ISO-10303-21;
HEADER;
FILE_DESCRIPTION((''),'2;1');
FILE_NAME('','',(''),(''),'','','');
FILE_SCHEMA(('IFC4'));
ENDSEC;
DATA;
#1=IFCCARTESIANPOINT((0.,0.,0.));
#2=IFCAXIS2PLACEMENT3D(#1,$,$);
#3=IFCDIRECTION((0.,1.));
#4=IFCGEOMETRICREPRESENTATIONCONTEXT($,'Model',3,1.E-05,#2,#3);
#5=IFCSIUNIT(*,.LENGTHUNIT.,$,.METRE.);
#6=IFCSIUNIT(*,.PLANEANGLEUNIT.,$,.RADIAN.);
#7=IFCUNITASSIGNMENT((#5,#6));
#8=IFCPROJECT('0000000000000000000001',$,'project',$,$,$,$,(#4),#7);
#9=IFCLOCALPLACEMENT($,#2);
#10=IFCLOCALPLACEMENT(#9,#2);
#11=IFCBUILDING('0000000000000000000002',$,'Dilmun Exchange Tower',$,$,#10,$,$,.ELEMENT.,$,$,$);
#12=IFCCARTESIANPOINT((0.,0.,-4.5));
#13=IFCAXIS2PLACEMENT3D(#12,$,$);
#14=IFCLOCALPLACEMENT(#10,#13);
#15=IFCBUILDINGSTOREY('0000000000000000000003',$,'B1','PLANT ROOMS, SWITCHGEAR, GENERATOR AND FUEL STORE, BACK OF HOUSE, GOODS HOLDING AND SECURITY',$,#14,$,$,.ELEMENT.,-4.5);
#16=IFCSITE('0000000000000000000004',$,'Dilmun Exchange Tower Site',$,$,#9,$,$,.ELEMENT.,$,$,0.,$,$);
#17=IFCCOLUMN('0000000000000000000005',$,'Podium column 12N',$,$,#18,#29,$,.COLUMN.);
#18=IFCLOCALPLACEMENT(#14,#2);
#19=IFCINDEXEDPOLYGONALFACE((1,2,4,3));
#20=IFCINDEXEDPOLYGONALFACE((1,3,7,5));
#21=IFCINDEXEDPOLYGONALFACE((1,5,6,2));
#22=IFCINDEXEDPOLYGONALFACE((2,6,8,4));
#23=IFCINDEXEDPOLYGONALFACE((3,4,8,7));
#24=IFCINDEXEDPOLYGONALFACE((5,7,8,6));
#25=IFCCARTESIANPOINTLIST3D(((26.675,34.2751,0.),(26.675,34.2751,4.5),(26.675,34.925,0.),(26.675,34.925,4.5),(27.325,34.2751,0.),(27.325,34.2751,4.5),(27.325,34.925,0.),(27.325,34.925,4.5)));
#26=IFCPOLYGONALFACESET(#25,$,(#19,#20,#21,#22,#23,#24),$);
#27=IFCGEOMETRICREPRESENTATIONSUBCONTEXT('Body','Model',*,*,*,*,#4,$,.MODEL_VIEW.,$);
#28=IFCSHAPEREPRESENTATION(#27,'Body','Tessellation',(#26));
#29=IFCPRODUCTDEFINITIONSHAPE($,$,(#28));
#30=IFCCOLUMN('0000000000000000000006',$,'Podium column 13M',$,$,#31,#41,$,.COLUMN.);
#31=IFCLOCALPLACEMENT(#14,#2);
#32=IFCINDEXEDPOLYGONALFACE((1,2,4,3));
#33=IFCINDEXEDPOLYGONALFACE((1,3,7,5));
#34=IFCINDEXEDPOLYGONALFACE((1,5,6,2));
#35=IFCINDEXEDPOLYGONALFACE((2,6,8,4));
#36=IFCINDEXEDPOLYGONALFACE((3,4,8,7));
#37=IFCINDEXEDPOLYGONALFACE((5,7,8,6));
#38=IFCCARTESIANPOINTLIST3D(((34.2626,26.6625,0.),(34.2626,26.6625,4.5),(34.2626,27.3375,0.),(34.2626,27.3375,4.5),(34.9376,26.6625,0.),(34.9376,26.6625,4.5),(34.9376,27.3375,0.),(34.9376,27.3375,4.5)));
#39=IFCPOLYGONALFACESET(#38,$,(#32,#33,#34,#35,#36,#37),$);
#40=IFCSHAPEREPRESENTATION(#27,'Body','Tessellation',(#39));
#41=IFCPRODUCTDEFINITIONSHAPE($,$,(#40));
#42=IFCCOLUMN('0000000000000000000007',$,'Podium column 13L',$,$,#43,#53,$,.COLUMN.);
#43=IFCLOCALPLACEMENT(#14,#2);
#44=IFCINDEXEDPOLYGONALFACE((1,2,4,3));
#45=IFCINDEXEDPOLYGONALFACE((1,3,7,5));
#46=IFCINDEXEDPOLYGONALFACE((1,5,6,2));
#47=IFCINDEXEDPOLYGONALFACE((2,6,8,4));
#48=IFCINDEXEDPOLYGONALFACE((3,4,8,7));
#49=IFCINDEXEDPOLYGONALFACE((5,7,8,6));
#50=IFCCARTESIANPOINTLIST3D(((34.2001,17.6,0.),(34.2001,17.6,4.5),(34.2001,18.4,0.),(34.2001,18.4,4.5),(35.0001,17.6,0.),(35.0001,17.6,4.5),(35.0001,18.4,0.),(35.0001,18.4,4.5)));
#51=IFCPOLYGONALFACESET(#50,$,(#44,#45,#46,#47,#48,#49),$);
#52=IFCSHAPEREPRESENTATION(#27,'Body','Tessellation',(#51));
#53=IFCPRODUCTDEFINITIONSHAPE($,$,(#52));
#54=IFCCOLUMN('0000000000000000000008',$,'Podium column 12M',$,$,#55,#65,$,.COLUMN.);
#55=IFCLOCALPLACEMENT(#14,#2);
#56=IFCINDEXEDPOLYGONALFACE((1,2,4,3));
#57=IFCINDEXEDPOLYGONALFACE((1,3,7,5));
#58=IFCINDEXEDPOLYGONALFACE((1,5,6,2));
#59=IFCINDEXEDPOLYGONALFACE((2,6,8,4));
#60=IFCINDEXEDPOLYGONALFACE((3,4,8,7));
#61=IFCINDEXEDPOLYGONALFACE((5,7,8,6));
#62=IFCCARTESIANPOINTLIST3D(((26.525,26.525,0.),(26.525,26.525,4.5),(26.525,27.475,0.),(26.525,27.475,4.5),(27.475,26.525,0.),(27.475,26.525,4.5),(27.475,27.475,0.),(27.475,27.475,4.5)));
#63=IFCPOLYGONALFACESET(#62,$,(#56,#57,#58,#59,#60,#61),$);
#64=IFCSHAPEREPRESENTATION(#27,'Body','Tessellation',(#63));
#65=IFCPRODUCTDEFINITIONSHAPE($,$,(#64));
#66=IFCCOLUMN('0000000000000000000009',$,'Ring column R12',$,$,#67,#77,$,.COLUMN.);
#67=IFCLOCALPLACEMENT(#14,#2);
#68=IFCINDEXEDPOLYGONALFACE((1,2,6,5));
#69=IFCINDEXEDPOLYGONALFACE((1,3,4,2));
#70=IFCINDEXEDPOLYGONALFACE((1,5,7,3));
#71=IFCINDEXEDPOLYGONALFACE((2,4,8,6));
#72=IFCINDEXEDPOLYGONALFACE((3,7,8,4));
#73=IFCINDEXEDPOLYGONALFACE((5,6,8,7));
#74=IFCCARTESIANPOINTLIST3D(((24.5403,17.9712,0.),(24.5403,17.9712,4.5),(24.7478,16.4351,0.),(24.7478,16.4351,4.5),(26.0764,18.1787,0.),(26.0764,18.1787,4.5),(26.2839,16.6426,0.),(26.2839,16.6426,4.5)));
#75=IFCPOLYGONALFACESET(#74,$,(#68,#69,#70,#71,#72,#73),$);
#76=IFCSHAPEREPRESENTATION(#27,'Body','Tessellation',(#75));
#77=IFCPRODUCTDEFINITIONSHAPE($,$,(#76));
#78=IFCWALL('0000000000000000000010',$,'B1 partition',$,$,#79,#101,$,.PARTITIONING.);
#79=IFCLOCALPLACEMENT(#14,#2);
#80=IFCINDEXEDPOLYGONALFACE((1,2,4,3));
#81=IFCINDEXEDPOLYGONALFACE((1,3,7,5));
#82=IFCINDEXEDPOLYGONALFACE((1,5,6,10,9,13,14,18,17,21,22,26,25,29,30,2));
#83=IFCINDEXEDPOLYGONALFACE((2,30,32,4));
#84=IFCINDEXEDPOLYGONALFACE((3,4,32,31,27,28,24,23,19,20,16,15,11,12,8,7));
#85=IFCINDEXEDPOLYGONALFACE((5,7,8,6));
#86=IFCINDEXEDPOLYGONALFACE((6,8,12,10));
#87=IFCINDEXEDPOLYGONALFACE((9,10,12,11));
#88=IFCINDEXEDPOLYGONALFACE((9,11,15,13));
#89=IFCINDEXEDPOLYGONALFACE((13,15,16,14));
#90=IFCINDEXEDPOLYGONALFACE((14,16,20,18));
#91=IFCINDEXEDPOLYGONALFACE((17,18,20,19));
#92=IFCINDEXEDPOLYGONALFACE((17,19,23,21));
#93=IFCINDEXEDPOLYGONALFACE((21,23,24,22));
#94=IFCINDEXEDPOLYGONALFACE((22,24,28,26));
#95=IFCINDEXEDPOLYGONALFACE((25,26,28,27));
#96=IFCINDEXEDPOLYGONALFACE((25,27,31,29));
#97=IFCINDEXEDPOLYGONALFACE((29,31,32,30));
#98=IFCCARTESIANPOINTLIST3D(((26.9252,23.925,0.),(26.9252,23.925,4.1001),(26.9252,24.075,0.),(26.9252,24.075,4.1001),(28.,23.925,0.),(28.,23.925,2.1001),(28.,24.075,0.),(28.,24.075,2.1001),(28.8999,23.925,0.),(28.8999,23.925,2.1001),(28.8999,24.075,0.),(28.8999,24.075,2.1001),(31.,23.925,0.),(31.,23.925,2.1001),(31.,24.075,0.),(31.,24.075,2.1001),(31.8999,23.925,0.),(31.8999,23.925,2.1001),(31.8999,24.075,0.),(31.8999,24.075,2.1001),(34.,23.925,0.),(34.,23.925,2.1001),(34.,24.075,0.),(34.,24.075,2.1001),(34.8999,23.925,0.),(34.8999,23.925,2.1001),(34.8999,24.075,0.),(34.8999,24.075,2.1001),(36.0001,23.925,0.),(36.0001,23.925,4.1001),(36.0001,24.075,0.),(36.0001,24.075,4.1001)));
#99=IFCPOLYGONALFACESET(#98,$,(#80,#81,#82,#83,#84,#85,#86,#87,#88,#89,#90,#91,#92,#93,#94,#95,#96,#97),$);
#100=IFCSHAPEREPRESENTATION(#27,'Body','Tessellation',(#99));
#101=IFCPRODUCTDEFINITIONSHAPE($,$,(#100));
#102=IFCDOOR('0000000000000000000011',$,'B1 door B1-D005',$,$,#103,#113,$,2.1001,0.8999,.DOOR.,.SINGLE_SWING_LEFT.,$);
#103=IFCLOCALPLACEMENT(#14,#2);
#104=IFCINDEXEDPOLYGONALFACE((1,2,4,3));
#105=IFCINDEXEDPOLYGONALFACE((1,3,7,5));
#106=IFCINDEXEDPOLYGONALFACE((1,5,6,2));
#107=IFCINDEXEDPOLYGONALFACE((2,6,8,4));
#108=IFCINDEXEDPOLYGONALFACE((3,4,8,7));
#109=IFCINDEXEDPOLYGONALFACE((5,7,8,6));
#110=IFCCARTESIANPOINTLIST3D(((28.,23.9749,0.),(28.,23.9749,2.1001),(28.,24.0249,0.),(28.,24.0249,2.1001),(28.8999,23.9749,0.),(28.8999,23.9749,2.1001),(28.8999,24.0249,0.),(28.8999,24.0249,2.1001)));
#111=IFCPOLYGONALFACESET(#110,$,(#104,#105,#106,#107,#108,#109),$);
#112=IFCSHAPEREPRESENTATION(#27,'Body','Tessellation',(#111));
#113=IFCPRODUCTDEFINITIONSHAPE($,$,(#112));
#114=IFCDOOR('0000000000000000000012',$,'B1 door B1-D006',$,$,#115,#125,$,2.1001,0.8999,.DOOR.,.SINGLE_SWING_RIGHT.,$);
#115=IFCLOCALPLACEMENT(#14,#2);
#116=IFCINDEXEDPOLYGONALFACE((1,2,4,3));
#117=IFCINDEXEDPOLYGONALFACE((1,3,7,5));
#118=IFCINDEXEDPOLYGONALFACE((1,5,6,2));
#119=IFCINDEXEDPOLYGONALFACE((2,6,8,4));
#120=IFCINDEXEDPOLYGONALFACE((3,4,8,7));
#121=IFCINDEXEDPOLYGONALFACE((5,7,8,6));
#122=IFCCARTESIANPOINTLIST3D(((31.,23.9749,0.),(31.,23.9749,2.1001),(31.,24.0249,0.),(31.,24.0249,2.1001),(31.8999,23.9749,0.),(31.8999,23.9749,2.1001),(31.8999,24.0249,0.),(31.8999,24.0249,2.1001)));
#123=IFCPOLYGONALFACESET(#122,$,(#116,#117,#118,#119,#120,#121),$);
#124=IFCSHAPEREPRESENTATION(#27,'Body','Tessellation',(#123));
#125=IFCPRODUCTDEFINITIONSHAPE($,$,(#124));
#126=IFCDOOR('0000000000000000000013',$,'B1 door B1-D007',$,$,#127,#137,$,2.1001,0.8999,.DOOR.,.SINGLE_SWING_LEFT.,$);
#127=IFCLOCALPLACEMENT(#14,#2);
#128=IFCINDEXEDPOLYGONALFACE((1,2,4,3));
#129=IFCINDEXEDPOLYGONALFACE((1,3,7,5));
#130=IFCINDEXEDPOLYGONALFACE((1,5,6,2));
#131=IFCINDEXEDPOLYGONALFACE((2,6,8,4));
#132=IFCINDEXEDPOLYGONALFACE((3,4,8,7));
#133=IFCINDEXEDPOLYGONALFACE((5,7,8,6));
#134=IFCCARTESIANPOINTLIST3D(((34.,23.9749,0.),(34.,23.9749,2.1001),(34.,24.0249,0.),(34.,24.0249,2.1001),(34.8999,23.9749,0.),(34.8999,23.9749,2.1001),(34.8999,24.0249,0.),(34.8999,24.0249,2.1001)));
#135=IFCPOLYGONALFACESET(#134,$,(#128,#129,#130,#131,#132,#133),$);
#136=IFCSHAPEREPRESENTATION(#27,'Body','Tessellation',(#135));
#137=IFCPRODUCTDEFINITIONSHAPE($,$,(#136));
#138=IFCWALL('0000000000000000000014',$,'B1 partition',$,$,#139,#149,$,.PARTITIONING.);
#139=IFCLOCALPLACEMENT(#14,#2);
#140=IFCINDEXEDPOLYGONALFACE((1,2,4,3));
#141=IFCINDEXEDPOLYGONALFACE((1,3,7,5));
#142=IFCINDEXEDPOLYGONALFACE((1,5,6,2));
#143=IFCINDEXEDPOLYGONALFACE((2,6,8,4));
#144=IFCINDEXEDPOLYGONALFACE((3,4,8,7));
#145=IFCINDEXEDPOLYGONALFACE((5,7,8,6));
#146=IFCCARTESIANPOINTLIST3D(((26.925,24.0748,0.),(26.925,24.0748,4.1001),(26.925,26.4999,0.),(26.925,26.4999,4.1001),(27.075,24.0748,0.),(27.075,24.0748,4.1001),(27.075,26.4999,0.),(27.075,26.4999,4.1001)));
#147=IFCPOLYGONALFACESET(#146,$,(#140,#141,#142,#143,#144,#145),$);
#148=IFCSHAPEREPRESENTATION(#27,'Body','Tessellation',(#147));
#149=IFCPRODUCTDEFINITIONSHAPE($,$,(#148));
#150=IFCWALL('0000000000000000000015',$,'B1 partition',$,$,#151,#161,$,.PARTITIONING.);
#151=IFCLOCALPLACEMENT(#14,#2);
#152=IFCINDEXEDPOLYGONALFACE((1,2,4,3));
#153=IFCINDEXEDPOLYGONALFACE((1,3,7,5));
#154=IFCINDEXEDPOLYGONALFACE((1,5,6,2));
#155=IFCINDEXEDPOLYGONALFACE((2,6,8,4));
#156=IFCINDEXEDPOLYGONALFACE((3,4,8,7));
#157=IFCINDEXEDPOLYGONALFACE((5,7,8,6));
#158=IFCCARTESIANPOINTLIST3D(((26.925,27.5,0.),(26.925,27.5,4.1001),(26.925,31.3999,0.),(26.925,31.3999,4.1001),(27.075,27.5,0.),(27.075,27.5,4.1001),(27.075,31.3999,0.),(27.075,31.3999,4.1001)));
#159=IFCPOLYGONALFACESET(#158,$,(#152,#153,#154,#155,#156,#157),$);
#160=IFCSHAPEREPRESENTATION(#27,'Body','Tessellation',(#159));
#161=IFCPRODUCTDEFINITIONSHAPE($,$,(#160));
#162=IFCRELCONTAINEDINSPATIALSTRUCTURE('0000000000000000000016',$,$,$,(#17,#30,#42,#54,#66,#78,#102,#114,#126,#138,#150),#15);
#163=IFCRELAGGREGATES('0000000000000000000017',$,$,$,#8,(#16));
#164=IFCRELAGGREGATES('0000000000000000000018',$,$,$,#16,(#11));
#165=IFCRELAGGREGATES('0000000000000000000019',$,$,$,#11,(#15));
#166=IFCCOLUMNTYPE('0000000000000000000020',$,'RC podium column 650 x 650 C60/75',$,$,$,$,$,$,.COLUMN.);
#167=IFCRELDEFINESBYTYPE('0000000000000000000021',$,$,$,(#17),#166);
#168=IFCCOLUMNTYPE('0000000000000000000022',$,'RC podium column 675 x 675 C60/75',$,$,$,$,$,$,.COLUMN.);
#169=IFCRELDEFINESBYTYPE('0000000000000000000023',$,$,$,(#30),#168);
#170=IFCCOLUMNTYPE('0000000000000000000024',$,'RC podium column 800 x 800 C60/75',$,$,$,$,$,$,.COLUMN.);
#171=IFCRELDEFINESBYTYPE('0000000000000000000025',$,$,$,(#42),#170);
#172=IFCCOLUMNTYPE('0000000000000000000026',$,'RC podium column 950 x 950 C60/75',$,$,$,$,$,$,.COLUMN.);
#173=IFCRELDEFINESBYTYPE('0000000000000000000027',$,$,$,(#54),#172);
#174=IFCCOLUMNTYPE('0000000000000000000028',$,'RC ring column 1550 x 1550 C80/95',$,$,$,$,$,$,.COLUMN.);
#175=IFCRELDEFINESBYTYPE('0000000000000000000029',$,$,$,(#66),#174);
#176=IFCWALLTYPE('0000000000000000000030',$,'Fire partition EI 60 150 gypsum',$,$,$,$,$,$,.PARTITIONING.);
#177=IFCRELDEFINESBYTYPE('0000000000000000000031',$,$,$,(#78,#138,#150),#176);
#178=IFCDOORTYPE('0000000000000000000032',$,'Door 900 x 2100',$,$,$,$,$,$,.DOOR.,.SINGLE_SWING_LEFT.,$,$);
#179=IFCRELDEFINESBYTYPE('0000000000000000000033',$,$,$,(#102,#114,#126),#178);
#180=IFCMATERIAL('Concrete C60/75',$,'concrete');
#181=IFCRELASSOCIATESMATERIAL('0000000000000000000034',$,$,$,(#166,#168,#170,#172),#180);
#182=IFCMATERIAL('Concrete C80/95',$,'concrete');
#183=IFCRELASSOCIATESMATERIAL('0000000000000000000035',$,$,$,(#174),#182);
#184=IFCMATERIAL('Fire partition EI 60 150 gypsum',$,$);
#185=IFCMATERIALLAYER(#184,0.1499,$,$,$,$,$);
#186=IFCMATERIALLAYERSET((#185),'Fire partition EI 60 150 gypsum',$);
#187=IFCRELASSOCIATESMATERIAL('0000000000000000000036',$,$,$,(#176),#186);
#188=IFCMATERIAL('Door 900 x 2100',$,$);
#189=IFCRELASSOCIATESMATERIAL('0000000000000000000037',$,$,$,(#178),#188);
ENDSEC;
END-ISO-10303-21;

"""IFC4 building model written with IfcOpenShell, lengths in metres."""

from ifc_helpers import new_model, si_unit, direction, frame, frame_2d, origin, origin_2d, place, context, subcontext, project, spatial, rectangle, extrude, material, layer, layer_set, material_profile, profile_set, type_object, element, fill, save


model = new_model("IFC4")

# Units and contexts
model_context = context("Model", 3, precision=1e-05, world=origin(), true_north=direction((0.0, 1.0)))
body_context = subcontext(model_context, "Body", "Model", "MODEL_VIEW")
ifc_project = project(units=[si_unit("LENGTHUNIT", "METRE"), si_unit("PLANEANGLEUNIT", "RADIAN")], contexts=[model_context])

# Site, building, storey
site_placement = place(None, origin())
site = spatial("IfcSite", under=ifc_project, at=site_placement, Name="Dilmun Exchange Tower Site", CompositionType="ELEMENT", RefElevation=0.0)
building_placement = place(site_placement, origin())
building = spatial("IfcBuilding", under=site, at=building_placement, Name="Dilmun Exchange Tower", CompositionType="ELEMENT")
storey_placement = place(building_placement, frame((0.0, 0.0, -4.5)))
storey = spatial("IfcBuildingStorey", under=building, at=storey_placement, Name="B1", Description="PLANT ROOMS, SWITCHGEAR, GENERATOR AND FUEL STORE, BACK OF HOUSE, GOODS HOLDING AND SECURITY", CompositionType="ELEMENT", Elevation=-4.5)

# Columns
ifc_material_1 = material(Name="Concrete C60/75", Category="concrete")
ifc_material_profile_1 = material_profile(ifc_material_1, rectangle(XDim=0.6499, YDim=0.6499, at=origin_2d()), Name="650 x 650")
ifc_profile_set_1 = profile_set([ifc_material_profile_1], Name="Concrete C60/75")
column_type_1 = type_object("IfcColumnType", Name="RC podium column 650 x 650 C60/75", PredefinedType="COLUMN", material=ifc_profile_set_1)
column_1_placement = place(storey_placement, frame((27.0, 34.6001, 0.0), z_axis=(0.0, 0.0, 1.0), x_axis=(1.0, 0.0, 0.0)))
element("IfcColumn", 1, at=column_1_placement, inside=storey, type_object=column_type_1, Name="Podium column 12N", PredefinedType="COLUMN", context=body_context, shape_type="SweptSolid", body=[
    extrude(rectangle(XDim=0.6499, YDim=0.6499, at=origin_2d()), origin(), (0.0, 0.0, 1.0), 4.5),
])
ifc_material_profile_2 = material_profile(ifc_material_1, rectangle(XDim=0.675, YDim=0.675, at=origin_2d()), Name="675 x 675")
ifc_profile_set_2 = profile_set([ifc_material_profile_2], Name="Concrete C60/75")
column_type_2 = type_object("IfcColumnType", Name="RC podium column 675 x 675 C60/75", PredefinedType="COLUMN", material=ifc_profile_set_2)
column_2_placement = place(storey_placement, frame((34.6001, 27.0, 0.0), z_axis=(0.0, 0.0, 1.0), x_axis=(1.0, 0.0, 0.0)))
element("IfcColumn", 2, at=column_2_placement, inside=storey, type_object=column_type_2, Name="Podium column 13M", PredefinedType="COLUMN", context=body_context, shape_type="SweptSolid", body=[
    extrude(rectangle(XDim=0.675, YDim=0.675, at=origin_2d()), origin(), (0.0, 0.0, 1.0), 4.5),
])
ifc_material_profile_3 = material_profile(ifc_material_1, rectangle(XDim=0.8, YDim=0.8, at=origin_2d()), Name="800 x 800")
ifc_profile_set_3 = profile_set([ifc_material_profile_3], Name="Concrete C60/75")
column_type_3 = type_object("IfcColumnType", Name="RC podium column 800 x 800 C60/75", PredefinedType="COLUMN", material=ifc_profile_set_3)
column_3_placement = place(storey_placement, frame((34.6001, 18.0, 0.0), z_axis=(0.0, 0.0, 1.0), x_axis=(1.0, 0.0, 0.0)))
element("IfcColumn", 3, at=column_3_placement, inside=storey, type_object=column_type_3, Name="Podium column 13L", PredefinedType="COLUMN", context=body_context, shape_type="SweptSolid", body=[
    extrude(rectangle(XDim=0.8, YDim=0.8, at=origin_2d()), origin(), (0.0, 0.0, 1.0), 4.5),
])
ifc_material_profile_4 = material_profile(ifc_material_1, rectangle(XDim=0.95, YDim=0.95, at=origin_2d()), Name="950 x 950")
ifc_profile_set_4 = profile_set([ifc_material_profile_4], Name="Concrete C60/75")
column_type_4 = type_object("IfcColumnType", Name="RC podium column 950 x 950 C60/75", PredefinedType="COLUMN", material=ifc_profile_set_4)
column_4_placement = place(storey_placement, frame((27.0, 27.0, 0.0), z_axis=(0.0, 0.0, 1.0), x_axis=(1.0, 0.0, 0.0)))
element("IfcColumn", 4, at=column_4_placement, inside=storey, type_object=column_type_4, Name="Podium column 12M", PredefinedType="COLUMN", context=body_context, shape_type="SweptSolid", body=[
    extrude(rectangle(XDim=0.95, YDim=0.95, at=origin_2d()), origin(), (0.0, 0.0, 1.0), 4.5),
])
ifc_material_2 = material(Name="Concrete C80/95", Category="concrete")
ifc_material_profile_5 = material_profile(ifc_material_2, rectangle(XDim=1.55, YDim=1.55, at=origin_2d()), Name="1550 x 1550")
ifc_profile_set_5 = profile_set([ifc_material_profile_5], Name="Concrete C80/95")
column_type_5 = type_object("IfcColumnType", Name="RC ring column 1550 x 1550 C80/95", PredefinedType="COLUMN", material=ifc_profile_set_5)
column_5_placement = place(storey_placement, frame((25.4121, 17.3069, 0.0), z_axis=(0.0, 0.0, 1.0), x_axis=(0.991001, 0.133853, 0.0)))
element("IfcColumn", 5, at=column_5_placement, inside=storey, type_object=column_type_5, Name="Ring column R12", PredefinedType="COLUMN", context=body_context, shape_type="SweptSolid", body=[
    extrude(rectangle(XDim=1.55, YDim=1.55, at=origin_2d()), origin(), (0.0, 0.0, 1.0), 4.5),
])

# Wall, openings, doors
ifc_material_3 = material(Name="Fire partition EI 60 150 gypsum")
ifc_layer_1 = layer(ifc_material_3, 0.1499)
ifc_layer_set_1 = layer_set([ifc_layer_1], Name="Fire partition EI 60 150 gypsum")
wall_type_1 = type_object("IfcWallType", Name="Fire partition EI 60 150 gypsum", PredefinedType="PARTITIONING", material=ifc_layer_set_1)
wall_1_placement = place(storey_placement, frame((26.925, 24.0, 0.0), z_axis=(0.0, 0.0, 1.0), x_axis=(1.0, 0.0, 0.0)))
wall_1 = element("IfcWall", 6, at=wall_1_placement, inside=storey, type_object=wall_type_1, Name="B1 partition", PredefinedType="PARTITIONING", context=body_context, shape_type="SweptSolid", body=[
    extrude(rectangle(XDim=9.075, YDim=0.1499, at=frame_2d((4.5376, 0.0))), origin(), (0.0, 0.0, 1.0), 4.1001),
])
opening_1_placement = place(wall_1_placement, frame((1.075, 0.0, 0.0)))
opening_1 = element("IfcOpeningElement", 7, at=opening_1_placement, cuts=wall_1, PredefinedType="OPENING", context=body_context, shape_type="SweptSolid", body=[
    extrude(rectangle(XDim=0.8999, YDim=2.1001, at=frame_2d((0.45, 1.05))), frame((0.0, 0.085, 0.0), z_axis=(0.0, -1.0, 0.0), x_axis=(1.0, 0.0, 0.0)), (0.0, 0.0, 1.0), 0.1699),
])
opening_2_placement = place(wall_1_placement, frame((4.075, 0.0, 0.0)))
opening_2 = element("IfcOpeningElement", 8, at=opening_2_placement, cuts=wall_1, PredefinedType="OPENING", context=body_context, shape_type="SweptSolid", body=[
    extrude(rectangle(XDim=0.8999, YDim=2.1001, at=frame_2d((0.45, 1.05))), frame((0.0, 0.085, 0.0), z_axis=(0.0, -1.0, 0.0), x_axis=(1.0, 0.0, 0.0)), (0.0, 0.0, 1.0), 0.1699),
])
opening_3_placement = place(wall_1_placement, frame((7.075, 0.0, 0.0)))
opening_3 = element("IfcOpeningElement", 9, at=opening_3_placement, cuts=wall_1, PredefinedType="OPENING", context=body_context, shape_type="SweptSolid", body=[
    extrude(rectangle(XDim=0.8999, YDim=2.1001, at=frame_2d((0.45, 1.05))), frame((0.0, 0.085, 0.0), z_axis=(0.0, -1.0, 0.0), x_axis=(1.0, 0.0, 0.0)), (0.0, 0.0, 1.0), 0.1699),
])
ifc_material_4 = material(Name="Door 900 x 2100")
door_type = type_object("IfcDoorType", Name="Door 900 x 2100", OperationType="SINGLE_SWING_LEFT", PredefinedType="DOOR", material=ifc_material_4)
door_1_placement = place(opening_1_placement, origin())
door_1 = element("IfcDoor", 10, at=door_1_placement, inside=storey, type_object=door_type, Name="B1 door B1-D005", OperationType="SINGLE_SWING_LEFT", OverallHeight=2.1001, OverallWidth=0.8999, PredefinedType="DOOR", context=body_context, shape_type="SweptSolid", body=[
    extrude(rectangle(XDim=0.8999, YDim=2.1001, at=frame_2d((0.45, 1.05))), frame((0.0, 0.0249, 0.0), z_axis=(0.0, -1.0, 0.0), x_axis=(1.0, 0.0, 0.0)), (0.0, 0.0, 1.0), 0.05),
])
fill(opening_1, door_1)
door_2_placement = place(opening_2_placement, origin())
door_2 = element("IfcDoor", 11, at=door_2_placement, inside=storey, type_object=door_type, Name="B1 door B1-D006", OperationType="SINGLE_SWING_RIGHT", OverallHeight=2.1001, OverallWidth=0.8999, PredefinedType="DOOR", context=body_context, shape_type="SweptSolid", body=[
    extrude(rectangle(XDim=0.8999, YDim=2.1001, at=frame_2d((0.45, 1.05))), frame((0.0, 0.0249, 0.0), z_axis=(0.0, -1.0, 0.0), x_axis=(1.0, 0.0, 0.0)), (0.0, 0.0, 1.0), 0.05),
])
fill(opening_2, door_2)
door_3_placement = place(opening_3_placement, origin())
door_3 = element("IfcDoor", 12, at=door_3_placement, inside=storey, type_object=door_type, Name="B1 door B1-D007", OperationType="SINGLE_SWING_LEFT", OverallHeight=2.1001, OverallWidth=0.8999, PredefinedType="DOOR", context=body_context, shape_type="SweptSolid", body=[
    extrude(rectangle(XDim=0.8999, YDim=2.1001, at=frame_2d((0.45, 1.05))), frame((0.0, 0.0249, 0.0), z_axis=(0.0, -1.0, 0.0), x_axis=(1.0, 0.0, 0.0)), (0.0, 0.0, 1.0), 0.05),
])
fill(opening_3, door_3)

# Walls
wall_2_placement = place(storey_placement, frame((27.0, 24.075, 0.0), z_axis=(0.0, 0.0, 1.0), x_axis=(0.0, 1.0, 0.0)))
element("IfcWall", 13, at=wall_2_placement, inside=storey, type_object=wall_type_1, Name="B1 partition", PredefinedType="PARTITIONING", context=body_context, shape_type="SweptSolid", body=[
    extrude(rectangle(XDim=2.425, YDim=0.1499, at=frame_2d((1.2124, 0.0))), origin(), (0.0, 0.0, 1.0), 4.1001),
])
wall_3_placement = place(storey_placement, frame((27.0, 27.5, 0.0), z_axis=(0.0, 0.0, 1.0), x_axis=(0.0, 1.0, 0.0)))
element("IfcWall", 14, at=wall_3_placement, inside=storey, type_object=wall_type_1, Name="B1 partition", PredefinedType="PARTITIONING", context=body_context, shape_type="SweptSolid", body=[
    extrude(rectangle(XDim=3.8999, YDim=0.1499, at=frame_2d((1.95, 0.0))), origin(), (0.0, 0.0, 1.0), 4.1001),
])

save(model, "model.ifc")
